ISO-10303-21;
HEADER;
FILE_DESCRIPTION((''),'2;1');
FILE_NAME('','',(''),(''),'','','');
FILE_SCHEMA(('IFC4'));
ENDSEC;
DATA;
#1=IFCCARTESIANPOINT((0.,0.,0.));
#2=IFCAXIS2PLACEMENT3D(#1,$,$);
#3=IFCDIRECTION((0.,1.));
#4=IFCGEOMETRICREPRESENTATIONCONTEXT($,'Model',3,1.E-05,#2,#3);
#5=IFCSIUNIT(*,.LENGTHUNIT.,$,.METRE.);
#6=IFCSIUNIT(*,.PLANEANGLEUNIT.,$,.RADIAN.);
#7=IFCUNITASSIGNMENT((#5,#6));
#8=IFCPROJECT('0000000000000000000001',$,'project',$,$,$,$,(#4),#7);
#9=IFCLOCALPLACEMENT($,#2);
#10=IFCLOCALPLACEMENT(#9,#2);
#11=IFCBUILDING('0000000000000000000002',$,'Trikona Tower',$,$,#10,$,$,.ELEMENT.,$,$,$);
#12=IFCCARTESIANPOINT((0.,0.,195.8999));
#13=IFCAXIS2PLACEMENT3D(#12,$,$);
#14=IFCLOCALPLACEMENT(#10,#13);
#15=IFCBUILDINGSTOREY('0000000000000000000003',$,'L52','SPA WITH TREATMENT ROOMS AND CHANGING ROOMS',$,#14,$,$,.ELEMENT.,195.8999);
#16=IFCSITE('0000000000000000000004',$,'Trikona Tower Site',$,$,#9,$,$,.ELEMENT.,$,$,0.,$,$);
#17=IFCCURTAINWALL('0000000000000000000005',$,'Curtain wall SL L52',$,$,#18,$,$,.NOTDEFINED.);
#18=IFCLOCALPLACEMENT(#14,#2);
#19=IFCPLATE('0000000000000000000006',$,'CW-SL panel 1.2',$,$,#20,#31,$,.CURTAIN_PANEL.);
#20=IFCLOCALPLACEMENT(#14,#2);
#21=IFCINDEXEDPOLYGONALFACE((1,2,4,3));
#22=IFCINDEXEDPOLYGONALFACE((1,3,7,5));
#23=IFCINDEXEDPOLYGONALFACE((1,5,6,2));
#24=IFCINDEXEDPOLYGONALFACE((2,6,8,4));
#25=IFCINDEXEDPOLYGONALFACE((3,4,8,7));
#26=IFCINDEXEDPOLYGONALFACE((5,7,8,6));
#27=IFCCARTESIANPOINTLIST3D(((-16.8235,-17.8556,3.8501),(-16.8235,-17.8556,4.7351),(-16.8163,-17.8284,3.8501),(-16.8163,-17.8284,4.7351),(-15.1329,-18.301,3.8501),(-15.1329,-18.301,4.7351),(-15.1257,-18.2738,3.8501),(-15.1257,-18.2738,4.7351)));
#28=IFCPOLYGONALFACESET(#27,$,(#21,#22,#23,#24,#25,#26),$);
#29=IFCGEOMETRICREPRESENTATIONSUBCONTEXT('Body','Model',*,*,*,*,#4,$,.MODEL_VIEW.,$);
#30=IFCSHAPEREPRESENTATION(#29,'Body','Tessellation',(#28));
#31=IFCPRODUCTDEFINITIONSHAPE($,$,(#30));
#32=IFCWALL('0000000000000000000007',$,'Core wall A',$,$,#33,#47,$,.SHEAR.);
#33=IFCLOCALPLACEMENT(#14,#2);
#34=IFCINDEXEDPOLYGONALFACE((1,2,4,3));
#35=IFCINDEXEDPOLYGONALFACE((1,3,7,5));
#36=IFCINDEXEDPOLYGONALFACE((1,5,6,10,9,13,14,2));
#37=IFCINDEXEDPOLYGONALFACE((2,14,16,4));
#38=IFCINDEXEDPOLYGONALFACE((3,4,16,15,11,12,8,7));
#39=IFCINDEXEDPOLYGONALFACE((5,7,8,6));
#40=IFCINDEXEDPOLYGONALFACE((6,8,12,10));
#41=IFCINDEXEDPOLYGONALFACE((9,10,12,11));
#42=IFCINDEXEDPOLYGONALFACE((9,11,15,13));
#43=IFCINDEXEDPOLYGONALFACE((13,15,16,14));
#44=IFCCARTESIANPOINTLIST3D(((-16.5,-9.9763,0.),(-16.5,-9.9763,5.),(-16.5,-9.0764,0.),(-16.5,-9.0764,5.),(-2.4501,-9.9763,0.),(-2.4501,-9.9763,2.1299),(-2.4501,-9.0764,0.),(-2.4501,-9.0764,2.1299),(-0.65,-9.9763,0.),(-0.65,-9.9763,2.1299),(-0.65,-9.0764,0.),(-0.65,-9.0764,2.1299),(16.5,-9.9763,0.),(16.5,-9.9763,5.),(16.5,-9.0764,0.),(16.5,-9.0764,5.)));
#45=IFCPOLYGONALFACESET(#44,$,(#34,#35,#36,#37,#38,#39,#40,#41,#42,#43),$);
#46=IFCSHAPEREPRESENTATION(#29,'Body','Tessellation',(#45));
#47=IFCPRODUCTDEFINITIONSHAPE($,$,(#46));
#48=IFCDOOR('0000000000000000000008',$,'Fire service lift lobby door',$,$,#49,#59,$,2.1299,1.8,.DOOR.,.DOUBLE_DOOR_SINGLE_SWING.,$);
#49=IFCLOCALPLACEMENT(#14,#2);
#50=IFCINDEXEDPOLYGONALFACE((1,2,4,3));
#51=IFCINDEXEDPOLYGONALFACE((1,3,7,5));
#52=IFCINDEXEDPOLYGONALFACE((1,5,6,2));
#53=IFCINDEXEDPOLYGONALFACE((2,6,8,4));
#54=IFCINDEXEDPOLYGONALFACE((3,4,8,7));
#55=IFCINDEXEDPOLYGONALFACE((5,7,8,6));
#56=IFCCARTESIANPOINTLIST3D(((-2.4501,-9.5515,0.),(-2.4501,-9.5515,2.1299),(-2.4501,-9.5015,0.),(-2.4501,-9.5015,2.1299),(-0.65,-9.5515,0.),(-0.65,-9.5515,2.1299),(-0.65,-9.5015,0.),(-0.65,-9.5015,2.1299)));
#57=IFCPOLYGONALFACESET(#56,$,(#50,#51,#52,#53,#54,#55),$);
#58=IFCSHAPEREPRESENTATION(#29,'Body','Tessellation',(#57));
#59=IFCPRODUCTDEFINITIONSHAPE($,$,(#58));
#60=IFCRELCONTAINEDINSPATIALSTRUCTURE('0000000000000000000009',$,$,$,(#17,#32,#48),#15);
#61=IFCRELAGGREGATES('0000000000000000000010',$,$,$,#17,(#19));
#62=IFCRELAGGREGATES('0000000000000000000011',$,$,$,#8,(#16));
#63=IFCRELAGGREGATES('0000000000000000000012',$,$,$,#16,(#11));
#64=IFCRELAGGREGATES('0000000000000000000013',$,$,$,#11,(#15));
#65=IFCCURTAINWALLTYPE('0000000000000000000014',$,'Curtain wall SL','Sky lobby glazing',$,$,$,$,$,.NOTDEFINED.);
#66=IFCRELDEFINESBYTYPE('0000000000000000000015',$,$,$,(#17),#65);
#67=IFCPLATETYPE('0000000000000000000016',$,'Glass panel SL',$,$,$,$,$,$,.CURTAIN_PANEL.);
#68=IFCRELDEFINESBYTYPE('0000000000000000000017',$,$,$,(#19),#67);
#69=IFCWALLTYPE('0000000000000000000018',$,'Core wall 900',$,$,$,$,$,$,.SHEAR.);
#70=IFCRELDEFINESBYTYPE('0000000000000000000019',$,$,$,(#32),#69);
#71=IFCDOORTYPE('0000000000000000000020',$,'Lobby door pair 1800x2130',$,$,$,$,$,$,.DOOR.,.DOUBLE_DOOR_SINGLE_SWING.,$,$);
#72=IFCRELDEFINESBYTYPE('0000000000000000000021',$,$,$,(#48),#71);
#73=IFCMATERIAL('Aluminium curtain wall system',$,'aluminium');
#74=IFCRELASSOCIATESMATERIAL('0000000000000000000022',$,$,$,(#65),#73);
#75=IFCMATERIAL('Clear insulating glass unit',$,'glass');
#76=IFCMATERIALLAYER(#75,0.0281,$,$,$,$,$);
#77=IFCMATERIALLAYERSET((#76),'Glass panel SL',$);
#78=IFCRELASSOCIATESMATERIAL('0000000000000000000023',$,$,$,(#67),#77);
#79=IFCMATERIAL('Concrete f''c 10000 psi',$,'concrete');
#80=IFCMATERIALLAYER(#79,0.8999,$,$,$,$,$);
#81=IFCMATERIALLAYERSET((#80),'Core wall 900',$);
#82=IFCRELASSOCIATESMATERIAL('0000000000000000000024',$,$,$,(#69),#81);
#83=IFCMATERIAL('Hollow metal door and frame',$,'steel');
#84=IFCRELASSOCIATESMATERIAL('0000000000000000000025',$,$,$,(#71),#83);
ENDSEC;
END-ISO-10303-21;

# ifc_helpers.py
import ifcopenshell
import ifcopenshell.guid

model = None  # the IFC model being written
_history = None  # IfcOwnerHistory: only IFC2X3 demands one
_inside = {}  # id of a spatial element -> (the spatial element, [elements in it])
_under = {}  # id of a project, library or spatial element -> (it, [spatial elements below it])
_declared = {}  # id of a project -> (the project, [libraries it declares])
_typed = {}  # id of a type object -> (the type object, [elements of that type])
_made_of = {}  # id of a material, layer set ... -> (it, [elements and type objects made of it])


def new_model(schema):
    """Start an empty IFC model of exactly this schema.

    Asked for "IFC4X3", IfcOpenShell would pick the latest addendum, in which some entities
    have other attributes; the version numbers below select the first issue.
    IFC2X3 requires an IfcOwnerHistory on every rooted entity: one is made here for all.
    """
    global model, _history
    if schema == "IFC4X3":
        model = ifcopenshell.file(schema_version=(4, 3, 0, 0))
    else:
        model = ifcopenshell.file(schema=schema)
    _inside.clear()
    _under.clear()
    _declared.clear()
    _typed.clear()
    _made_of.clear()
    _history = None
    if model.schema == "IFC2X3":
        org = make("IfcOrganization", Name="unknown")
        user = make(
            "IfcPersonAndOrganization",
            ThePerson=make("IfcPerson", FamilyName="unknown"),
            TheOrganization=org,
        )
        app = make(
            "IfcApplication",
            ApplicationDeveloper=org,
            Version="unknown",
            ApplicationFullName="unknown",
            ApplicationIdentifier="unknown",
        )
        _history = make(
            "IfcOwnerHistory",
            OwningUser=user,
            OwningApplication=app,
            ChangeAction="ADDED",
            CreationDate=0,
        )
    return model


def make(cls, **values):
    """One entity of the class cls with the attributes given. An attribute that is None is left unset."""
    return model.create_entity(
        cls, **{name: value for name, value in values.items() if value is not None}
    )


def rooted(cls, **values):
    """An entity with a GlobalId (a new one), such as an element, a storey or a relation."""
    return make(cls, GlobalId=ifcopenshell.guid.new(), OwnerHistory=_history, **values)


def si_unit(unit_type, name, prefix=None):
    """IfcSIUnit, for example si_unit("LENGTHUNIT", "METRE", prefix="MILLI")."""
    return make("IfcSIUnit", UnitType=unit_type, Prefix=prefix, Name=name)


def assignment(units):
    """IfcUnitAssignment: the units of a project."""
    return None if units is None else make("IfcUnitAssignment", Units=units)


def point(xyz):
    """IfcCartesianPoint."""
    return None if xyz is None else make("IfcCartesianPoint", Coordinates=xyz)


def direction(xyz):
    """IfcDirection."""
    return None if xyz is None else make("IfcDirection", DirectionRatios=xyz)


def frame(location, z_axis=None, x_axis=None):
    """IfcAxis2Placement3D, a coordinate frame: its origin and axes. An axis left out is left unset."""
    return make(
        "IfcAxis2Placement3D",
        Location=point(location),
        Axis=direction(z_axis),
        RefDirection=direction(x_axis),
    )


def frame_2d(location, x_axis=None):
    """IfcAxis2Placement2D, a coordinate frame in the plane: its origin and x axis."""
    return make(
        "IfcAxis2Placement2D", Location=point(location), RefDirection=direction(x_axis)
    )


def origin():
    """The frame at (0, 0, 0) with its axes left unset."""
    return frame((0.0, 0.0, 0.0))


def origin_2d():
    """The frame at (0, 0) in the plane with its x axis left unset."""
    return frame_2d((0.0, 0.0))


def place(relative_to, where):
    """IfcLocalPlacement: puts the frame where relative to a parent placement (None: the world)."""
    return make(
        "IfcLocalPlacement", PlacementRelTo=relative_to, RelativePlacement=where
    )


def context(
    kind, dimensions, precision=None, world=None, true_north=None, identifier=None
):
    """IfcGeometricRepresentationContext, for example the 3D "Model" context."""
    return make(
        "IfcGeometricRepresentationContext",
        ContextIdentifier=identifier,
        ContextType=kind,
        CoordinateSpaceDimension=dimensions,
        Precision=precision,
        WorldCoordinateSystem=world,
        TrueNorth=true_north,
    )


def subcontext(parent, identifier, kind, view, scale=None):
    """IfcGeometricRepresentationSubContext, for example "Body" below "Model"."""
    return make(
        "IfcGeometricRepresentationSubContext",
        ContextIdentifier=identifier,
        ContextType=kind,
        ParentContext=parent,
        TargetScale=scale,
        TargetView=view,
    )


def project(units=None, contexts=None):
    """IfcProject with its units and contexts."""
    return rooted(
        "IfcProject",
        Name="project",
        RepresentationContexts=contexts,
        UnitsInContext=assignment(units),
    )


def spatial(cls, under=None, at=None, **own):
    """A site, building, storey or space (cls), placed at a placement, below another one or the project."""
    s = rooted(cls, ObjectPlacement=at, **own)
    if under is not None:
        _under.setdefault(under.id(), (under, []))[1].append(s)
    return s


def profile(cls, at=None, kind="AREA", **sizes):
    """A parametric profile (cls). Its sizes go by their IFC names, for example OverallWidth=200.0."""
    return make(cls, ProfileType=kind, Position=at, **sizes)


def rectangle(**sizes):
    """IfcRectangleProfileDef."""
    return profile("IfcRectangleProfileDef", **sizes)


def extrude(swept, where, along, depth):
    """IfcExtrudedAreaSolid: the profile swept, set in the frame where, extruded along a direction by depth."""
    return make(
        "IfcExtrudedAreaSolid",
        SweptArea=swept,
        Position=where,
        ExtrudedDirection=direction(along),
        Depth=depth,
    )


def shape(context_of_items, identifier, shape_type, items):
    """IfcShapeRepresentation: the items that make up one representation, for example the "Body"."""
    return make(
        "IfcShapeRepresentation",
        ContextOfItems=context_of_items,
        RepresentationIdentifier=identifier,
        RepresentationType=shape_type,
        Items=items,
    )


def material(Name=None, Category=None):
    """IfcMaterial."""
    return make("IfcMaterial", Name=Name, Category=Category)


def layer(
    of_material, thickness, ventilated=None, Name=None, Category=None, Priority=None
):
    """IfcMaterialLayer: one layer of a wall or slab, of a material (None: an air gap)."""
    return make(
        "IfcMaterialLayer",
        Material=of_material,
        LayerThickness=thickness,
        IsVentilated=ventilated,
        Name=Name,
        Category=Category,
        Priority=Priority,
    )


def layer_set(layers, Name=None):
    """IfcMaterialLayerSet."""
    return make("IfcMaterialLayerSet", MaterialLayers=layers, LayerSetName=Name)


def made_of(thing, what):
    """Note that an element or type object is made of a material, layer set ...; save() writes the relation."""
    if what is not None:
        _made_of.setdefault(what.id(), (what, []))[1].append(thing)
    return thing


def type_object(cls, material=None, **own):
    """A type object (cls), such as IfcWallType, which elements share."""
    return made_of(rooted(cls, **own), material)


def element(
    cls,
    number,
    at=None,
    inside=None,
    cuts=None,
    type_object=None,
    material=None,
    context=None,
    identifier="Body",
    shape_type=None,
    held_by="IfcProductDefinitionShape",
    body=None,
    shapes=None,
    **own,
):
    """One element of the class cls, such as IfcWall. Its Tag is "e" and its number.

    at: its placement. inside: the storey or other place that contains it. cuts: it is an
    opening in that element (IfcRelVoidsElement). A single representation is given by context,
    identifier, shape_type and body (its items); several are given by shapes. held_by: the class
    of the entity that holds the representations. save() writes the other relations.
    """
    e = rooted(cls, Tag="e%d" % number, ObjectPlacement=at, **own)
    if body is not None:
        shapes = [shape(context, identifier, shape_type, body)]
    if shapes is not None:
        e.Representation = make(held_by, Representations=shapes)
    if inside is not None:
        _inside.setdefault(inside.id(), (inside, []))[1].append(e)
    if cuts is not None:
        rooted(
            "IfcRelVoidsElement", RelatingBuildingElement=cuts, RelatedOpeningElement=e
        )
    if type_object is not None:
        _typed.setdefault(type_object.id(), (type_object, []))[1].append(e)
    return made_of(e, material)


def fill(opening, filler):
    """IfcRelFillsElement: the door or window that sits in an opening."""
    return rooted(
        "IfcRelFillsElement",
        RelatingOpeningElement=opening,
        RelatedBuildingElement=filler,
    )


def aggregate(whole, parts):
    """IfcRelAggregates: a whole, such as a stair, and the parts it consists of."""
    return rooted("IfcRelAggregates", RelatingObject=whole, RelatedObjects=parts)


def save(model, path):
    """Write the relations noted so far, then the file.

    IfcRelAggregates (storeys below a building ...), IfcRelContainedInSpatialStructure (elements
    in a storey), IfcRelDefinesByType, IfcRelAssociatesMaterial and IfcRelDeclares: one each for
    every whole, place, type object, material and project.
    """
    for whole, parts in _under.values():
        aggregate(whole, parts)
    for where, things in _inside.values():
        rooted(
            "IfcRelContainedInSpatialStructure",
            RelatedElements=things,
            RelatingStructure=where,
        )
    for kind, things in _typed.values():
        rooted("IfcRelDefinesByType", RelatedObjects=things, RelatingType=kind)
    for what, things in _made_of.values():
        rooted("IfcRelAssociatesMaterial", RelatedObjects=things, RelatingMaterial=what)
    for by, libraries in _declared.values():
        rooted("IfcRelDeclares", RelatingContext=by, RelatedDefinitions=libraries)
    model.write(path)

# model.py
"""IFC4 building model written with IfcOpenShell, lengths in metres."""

from ifc_helpers import new_model, si_unit, direction, frame, frame_2d, origin, origin_2d, place, context, subcontext, project, spatial, rectangle, extrude, material, layer, layer_set, type_object, element, fill, aggregate, save


model = new_model("IFC4")

# Units and contexts
model_context = context("Model", 3, precision=1e-05, world=origin(), true_north=direction((0.0, 1.0)))
body_context = subcontext(model_context, "Body", "Model", "MODEL_VIEW")
ifc_project = project(units=[si_unit("LENGTHUNIT", "METRE"), si_unit("PLANEANGLEUNIT", "RADIAN")], contexts=[model_context])

# Site, building, storey
site_placement = place(None, origin())
site = spatial("IfcSite", under=ifc_project, at=site_placement, Name="Trikona Tower Site", CompositionType="ELEMENT", RefElevation=0.0)
building_placement = place(site_placement, origin())
building = spatial("IfcBuilding", under=site, at=building_placement, Name="Trikona Tower", CompositionType="ELEMENT")
storey_placement = place(building_placement, frame((0.0, 0.0, 195.8999)))
storey = spatial("IfcBuildingStorey", under=building, at=storey_placement, Name="L52", Description="SPA WITH TREATMENT ROOMS AND CHANGING ROOMS", CompositionType="ELEMENT", Elevation=195.8999)

# Curtain wall
ifc_material_1 = material(Name="Aluminium curtain wall system", Category="aluminium")
curtain_wall_type = type_object("IfcCurtainWallType", Name="Curtain wall SL", Description="Sky lobby glazing", PredefinedType="NOTDEFINED", material=ifc_material_1)
curtain_wall_1_placement = place(storey_placement, origin())
curtain_wall_1 = element("IfcCurtainWall", 1, at=curtain_wall_1_placement, inside=storey, type_object=curtain_wall_type, Name="Curtain wall SL L52", PredefinedType="NOTDEFINED")

# Plate
ifc_material_2 = material(Name="Clear insulating glass unit", Category="glass")
ifc_layer_1 = layer(ifc_material_2, 0.0281)
ifc_layer_set_1 = layer_set([ifc_layer_1], Name="Glass panel SL")
plate_type = type_object("IfcPlateType", Name="Glass panel SL", PredefinedType="CURTAIN_PANEL", material=ifc_layer_set_1)
plate_1_placement = place(storey_placement, frame((-15.9746, -18.0647, 3.8501), z_axis=(0.0, 0.0, 1.0), x_axis=(0.966997, -0.254786, 0.0)))
plate_1 = element("IfcPlate", 2, at=plate_1_placement, type_object=plate_type, Name="CW-SL panel 1.2", PredefinedType="CURTAIN_PANEL", context=body_context, shape_type="SweptSolid", body=[
    extrude(rectangle(XDim=1.7483, YDim=0.0281, at=origin_2d()), origin(), (0.0, 0.0, 1.0), 0.885),
])
aggregate(curtain_wall_1, [plate_1])

# Wall, opening, door
ifc_material_3 = material(Name="Concrete f'c 10000 psi", Category="concrete")
ifc_layer_2 = layer(ifc_material_3, 0.8999)
ifc_layer_set_2 = layer_set([ifc_layer_2], Name="Core wall 900")
wall_type_1 = type_object("IfcWallType", Name="Core wall 900", PredefinedType="SHEAR", material=ifc_layer_set_2)
wall_1_placement = place(storey_placement, frame((-16.5, -9.5264, 0.0), z_axis=(0.0, 0.0, 1.0), x_axis=(1.0, 0.0, 0.0)))
wall_1 = element("IfcWall", 3, at=wall_1_placement, inside=storey, type_object=wall_type_1, Name="Core wall A", PredefinedType="SHEAR", context=body_context, shape_type="SweptSolid", body=[
    extrude(rectangle(XDim=33.0, YDim=0.8999, at=frame_2d((16.5, 0.0))), origin(), (0.0, 0.0, 1.0), 5.0),
])
opening_1_placement = place(wall_1_placement, frame((14.05, 0.0, 0.0)))
opening_1 = element("IfcOpeningElement", 4, at=opening_1_placement, cuts=wall_1, PredefinedType="OPENING", context=body_context, shape_type="SweptSolid", body=[
    extrude(rectangle(XDim=1.8, YDim=2.1299, at=frame_2d((0.8999, 1.0649))), frame((0.0, 0.46, 0.0), z_axis=(0.0, -1.0, 0.0), x_axis=(1.0, 0.0, 0.0)), (0.0, 0.0, 1.0), 0.9199),
])
ifc_material_4 = material(Name="Hollow metal door and frame", Category="steel")
door_type_1 = type_object("IfcDoorType", Name="Lobby door pair 1800x2130", OperationType="DOUBLE_DOOR_SINGLE_SWING", PredefinedType="DOOR", material=ifc_material_4)
door_1_placement = place(opening_1_placement, origin())
door_1 = element("IfcDoor", 5, at=door_1_placement, inside=storey, type_object=door_type_1, Name="Fire service lift lobby door", OperationType="DOUBLE_DOOR_SINGLE_SWING", OverallHeight=2.1299, OverallWidth=1.8, PredefinedType="DOOR", context=body_context, shape_type="SweptSolid", body=[
    extrude(rectangle(XDim=1.8, YDim=2.1299, at=frame_2d((0.8999, 1.0649))), frame((0.0, 0.0249, 0.0), z_axis=(0.0, -1.0, 0.0), x_axis=(1.0, 0.0, 0.0)), (0.0, 0.0, 1.0), 0.05),
])
fill(opening_1, door_1)

save(model, "model.ifc")
